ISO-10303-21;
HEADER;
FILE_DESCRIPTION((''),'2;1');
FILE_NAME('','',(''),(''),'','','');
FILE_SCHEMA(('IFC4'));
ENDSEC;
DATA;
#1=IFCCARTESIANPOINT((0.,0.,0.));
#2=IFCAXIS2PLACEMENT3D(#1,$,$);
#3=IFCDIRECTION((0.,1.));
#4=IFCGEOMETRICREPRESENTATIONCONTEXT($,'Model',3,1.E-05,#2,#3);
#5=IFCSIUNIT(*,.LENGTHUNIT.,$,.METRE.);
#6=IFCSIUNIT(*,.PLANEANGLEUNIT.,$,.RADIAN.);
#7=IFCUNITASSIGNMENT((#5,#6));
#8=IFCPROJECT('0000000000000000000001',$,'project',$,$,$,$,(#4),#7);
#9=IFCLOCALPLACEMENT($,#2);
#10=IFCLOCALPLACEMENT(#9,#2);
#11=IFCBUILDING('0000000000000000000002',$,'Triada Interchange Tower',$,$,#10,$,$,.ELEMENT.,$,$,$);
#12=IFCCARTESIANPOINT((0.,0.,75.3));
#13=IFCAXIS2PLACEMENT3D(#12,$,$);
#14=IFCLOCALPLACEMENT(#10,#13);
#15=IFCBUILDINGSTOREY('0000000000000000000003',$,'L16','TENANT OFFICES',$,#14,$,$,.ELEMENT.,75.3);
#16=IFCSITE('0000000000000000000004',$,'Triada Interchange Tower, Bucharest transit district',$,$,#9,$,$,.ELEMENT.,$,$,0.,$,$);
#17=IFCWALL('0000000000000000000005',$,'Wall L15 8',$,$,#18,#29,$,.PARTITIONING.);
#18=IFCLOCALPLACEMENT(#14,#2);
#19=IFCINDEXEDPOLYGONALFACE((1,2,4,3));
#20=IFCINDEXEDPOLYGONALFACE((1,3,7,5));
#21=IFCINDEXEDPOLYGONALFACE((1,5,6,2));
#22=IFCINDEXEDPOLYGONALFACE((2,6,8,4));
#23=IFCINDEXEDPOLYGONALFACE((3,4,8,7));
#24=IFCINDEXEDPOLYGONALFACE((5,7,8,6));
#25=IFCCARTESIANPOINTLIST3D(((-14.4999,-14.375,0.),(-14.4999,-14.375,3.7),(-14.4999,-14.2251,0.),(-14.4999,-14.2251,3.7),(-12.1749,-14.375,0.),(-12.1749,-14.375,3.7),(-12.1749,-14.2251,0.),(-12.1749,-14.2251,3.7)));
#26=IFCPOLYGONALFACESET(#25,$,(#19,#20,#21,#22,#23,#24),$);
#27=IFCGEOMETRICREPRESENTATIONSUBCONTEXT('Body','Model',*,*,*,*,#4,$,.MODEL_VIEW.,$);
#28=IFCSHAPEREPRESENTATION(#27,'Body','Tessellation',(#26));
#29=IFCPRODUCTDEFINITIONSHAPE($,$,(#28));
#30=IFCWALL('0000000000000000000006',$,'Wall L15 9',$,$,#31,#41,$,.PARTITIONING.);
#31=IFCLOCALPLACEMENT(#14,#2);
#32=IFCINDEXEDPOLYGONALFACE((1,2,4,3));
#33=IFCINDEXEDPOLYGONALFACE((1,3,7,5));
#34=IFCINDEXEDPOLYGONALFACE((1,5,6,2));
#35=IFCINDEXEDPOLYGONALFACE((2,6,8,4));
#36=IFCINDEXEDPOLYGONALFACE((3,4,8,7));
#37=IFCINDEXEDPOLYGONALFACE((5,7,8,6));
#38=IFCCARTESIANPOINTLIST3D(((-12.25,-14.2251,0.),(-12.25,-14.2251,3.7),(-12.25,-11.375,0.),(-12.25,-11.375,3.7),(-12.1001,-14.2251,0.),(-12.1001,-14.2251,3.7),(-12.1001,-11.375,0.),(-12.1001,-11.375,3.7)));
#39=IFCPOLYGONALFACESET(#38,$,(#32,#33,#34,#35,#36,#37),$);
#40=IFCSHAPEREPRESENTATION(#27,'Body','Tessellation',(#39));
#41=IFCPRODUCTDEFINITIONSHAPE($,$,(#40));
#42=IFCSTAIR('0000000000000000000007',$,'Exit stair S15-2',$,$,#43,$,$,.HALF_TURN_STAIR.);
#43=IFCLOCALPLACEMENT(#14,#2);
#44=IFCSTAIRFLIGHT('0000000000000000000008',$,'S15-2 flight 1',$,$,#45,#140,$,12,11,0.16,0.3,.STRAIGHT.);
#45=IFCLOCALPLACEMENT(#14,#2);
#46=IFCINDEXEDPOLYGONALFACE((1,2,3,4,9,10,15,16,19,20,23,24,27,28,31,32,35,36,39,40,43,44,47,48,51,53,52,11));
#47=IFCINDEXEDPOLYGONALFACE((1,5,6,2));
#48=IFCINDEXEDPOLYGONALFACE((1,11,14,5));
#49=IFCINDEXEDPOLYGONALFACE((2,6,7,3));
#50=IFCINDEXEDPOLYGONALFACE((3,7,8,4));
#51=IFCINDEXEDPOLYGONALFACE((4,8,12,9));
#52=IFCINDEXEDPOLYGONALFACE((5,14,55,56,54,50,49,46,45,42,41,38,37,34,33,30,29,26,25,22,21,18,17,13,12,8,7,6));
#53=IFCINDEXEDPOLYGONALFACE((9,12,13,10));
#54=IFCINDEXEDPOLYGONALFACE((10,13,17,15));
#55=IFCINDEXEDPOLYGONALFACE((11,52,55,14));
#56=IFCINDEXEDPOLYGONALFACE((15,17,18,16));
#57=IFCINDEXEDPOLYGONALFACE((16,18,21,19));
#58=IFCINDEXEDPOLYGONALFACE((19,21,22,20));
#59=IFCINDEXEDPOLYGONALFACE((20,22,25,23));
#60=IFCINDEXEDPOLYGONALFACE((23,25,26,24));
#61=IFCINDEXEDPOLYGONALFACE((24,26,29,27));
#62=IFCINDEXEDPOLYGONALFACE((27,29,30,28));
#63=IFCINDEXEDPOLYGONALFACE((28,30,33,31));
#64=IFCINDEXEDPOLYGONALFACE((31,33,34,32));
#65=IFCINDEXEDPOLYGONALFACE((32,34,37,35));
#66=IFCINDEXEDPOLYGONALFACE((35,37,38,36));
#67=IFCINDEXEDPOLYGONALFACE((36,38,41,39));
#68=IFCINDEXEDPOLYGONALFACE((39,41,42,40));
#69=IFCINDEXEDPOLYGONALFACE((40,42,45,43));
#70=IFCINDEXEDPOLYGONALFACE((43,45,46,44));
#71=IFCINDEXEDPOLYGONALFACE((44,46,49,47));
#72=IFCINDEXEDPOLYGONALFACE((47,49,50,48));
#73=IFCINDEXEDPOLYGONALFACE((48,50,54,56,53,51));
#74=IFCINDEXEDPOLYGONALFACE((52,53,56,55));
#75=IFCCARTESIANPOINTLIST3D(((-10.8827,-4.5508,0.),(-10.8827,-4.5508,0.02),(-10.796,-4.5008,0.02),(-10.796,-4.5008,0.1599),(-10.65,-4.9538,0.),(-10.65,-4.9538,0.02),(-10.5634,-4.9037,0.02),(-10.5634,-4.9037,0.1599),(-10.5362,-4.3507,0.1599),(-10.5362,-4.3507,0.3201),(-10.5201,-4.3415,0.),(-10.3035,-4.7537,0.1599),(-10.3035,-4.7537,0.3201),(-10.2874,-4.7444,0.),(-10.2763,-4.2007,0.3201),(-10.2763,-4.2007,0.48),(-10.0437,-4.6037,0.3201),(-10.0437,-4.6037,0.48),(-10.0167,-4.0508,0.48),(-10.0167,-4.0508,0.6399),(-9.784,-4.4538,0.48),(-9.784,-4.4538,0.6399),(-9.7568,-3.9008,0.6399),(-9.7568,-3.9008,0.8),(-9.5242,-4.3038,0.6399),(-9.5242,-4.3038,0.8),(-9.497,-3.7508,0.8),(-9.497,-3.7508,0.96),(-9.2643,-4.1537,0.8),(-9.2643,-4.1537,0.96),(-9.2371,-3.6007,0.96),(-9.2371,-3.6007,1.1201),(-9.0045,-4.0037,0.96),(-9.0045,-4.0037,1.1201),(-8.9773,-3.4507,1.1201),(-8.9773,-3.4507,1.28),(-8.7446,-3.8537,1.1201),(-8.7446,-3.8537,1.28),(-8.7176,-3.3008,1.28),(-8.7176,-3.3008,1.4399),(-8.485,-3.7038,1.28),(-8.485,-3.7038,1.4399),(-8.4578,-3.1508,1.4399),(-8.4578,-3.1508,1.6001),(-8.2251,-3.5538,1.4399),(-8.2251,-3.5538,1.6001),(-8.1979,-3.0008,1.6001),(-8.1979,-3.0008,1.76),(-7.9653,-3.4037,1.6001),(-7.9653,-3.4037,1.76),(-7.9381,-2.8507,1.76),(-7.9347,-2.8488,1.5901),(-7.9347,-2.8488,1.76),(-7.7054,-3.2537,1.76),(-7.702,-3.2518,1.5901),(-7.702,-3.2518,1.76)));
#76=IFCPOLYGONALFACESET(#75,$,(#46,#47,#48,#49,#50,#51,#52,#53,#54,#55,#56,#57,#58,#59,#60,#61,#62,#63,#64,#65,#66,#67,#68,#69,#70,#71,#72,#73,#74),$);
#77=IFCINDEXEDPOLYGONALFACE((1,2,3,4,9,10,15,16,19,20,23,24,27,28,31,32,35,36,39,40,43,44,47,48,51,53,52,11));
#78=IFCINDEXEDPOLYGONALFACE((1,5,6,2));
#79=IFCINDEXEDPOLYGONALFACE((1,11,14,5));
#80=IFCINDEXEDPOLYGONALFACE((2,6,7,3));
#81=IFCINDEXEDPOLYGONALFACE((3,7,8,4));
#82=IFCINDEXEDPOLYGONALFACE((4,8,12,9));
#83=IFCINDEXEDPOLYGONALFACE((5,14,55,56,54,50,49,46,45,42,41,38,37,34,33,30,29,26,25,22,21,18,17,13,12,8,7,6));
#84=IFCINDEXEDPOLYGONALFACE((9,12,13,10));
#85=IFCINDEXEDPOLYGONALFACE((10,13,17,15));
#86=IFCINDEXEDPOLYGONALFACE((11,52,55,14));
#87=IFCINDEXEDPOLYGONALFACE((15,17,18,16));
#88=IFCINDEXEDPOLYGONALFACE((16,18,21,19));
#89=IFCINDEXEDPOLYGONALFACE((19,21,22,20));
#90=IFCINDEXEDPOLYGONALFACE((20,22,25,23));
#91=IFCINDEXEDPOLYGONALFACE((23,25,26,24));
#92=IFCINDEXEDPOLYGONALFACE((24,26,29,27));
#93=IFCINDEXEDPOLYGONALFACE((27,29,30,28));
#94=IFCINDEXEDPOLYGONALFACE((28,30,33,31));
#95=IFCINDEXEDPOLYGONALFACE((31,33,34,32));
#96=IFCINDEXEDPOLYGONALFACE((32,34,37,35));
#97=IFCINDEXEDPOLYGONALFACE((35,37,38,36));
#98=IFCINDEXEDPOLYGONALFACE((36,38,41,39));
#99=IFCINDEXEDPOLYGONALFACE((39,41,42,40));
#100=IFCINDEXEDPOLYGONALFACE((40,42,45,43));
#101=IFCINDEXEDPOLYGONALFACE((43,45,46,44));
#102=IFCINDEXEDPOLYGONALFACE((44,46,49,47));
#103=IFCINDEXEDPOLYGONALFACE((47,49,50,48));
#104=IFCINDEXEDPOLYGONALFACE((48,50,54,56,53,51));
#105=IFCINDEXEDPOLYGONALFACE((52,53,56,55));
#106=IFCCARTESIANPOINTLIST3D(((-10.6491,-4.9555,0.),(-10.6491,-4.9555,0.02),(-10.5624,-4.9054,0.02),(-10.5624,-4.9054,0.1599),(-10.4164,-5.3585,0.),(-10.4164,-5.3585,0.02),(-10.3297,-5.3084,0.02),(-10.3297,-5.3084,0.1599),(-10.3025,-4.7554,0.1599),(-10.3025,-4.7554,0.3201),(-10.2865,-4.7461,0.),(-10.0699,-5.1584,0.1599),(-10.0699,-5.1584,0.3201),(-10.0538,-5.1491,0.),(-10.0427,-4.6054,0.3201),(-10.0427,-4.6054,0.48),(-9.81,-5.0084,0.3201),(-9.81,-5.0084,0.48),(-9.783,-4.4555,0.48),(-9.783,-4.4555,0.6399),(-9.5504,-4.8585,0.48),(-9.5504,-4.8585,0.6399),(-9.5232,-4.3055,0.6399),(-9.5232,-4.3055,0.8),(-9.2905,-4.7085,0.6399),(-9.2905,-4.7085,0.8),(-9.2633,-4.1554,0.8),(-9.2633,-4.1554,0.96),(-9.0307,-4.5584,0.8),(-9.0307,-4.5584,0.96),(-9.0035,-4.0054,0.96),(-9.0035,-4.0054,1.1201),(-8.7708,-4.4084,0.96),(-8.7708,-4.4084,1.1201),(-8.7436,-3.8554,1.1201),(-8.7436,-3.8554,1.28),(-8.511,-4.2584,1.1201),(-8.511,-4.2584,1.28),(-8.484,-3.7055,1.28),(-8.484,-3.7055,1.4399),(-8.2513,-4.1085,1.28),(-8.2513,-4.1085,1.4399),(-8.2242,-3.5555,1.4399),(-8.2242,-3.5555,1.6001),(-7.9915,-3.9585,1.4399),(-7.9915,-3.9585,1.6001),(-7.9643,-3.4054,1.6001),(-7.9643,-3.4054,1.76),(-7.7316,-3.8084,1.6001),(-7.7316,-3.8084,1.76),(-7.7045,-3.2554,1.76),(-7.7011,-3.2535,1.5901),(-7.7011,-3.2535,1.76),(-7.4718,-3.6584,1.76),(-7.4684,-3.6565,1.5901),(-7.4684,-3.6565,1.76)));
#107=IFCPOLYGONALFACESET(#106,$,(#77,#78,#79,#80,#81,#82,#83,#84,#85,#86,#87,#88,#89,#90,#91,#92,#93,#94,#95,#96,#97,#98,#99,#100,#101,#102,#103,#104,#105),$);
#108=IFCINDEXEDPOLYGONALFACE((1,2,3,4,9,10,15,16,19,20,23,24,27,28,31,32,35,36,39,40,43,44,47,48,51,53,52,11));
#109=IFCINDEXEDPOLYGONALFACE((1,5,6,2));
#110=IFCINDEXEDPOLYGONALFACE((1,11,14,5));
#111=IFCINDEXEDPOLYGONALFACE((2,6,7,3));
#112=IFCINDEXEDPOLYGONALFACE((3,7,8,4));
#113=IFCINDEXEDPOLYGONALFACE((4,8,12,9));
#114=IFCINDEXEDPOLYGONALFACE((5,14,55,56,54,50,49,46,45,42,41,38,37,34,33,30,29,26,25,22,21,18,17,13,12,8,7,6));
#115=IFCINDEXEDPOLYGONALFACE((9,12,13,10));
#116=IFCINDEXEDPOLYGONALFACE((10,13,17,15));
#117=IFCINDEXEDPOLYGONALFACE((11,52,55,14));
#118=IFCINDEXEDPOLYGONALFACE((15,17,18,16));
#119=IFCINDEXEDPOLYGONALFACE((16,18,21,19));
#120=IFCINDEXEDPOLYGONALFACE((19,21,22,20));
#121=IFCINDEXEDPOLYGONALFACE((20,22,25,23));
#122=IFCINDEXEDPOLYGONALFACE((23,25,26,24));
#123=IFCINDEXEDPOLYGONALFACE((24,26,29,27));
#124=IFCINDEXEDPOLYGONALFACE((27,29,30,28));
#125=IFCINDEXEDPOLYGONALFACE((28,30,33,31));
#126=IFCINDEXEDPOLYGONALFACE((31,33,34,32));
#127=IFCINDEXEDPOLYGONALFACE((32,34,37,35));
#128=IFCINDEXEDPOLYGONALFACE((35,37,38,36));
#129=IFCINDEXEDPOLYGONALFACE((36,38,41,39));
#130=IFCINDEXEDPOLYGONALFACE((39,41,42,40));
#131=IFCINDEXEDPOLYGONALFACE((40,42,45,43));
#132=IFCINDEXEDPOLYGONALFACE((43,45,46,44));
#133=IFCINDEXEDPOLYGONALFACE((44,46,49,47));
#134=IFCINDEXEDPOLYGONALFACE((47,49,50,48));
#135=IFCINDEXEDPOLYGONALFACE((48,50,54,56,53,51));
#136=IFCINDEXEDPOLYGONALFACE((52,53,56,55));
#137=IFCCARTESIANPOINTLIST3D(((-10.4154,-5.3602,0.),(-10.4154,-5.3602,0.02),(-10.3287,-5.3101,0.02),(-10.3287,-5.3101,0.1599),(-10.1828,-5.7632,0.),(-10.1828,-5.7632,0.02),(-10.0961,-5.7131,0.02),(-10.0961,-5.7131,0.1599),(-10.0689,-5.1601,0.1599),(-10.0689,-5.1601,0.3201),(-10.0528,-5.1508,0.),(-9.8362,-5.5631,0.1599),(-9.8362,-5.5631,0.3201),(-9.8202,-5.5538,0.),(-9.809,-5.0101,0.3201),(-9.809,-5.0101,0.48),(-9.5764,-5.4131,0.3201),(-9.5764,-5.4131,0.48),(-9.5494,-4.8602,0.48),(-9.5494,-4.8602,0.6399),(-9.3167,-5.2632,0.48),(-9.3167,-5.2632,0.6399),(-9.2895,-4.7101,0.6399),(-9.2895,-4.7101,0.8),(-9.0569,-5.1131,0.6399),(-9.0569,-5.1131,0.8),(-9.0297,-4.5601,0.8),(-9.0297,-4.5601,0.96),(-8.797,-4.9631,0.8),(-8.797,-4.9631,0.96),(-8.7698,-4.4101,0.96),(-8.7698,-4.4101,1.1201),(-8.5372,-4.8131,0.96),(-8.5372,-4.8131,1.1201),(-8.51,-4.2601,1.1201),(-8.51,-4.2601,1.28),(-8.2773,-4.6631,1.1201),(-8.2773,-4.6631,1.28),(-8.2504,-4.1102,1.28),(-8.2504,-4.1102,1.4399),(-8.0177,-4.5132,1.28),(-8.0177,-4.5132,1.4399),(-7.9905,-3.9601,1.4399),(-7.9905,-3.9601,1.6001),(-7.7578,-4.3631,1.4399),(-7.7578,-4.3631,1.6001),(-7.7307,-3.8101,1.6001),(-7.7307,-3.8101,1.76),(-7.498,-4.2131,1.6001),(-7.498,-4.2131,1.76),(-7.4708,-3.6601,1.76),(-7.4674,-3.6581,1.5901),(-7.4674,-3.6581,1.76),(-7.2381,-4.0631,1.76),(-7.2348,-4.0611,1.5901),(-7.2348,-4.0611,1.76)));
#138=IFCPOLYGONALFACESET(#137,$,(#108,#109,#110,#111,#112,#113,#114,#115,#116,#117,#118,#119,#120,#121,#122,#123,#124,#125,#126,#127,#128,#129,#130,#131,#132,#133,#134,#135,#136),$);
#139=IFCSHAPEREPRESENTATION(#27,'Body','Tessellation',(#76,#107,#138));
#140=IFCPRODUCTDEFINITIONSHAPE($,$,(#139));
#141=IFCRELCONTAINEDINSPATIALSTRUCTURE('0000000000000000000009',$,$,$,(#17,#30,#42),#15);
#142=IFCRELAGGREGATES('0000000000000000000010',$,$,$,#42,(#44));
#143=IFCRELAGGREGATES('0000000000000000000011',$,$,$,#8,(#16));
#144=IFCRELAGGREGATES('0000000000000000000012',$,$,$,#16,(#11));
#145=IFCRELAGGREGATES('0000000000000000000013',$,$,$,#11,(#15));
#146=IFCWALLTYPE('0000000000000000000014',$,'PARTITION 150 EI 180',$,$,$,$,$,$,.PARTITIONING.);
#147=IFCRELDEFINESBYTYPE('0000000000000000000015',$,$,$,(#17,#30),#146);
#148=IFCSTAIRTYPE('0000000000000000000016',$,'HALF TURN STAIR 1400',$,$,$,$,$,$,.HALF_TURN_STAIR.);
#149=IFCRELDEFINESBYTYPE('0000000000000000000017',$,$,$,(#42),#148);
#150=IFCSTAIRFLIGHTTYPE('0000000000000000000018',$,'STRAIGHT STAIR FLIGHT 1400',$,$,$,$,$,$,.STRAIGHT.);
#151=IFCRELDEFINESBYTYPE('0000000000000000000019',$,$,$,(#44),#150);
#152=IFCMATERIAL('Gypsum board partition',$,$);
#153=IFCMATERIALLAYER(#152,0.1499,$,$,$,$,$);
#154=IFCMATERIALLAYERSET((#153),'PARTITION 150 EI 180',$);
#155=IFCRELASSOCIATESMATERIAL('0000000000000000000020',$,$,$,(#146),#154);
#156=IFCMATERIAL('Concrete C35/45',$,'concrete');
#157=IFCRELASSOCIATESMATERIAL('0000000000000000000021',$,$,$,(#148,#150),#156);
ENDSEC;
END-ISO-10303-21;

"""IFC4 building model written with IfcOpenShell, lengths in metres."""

from ifc_helpers import new_model, si_unit, direction, frame, frame_2d, origin, place, context, subcontext, project, spatial, polyline, rectangle, outline, extrude, material, layer, layer_set, type_object, element, aggregate, save


model = new_model("IFC4")

# Units and contexts
model_context = context("Model", 3, precision=1e-05, world=origin(), true_north=direction((0.0, 1.0)))
body_context = subcontext(model_context, "Body", "Model", "MODEL_VIEW")
ifc_project = project(units=[si_unit("LENGTHUNIT", "METRE"), si_unit("PLANEANGLEUNIT", "RADIAN")], contexts=[model_context])

# Site, building, storey
site_placement = place(None, origin())
site = spatial("IfcSite", under=ifc_project, at=site_placement, Name="Triada Interchange Tower, Bucharest transit district", CompositionType="ELEMENT", RefElevation=0.0)
building_placement = place(site_placement, origin())
building = spatial("IfcBuilding", under=site, at=building_placement, Name="Triada Interchange Tower", CompositionType="ELEMENT")
storey_placement = place(building_placement, frame((0.0, 0.0, 75.3)))
storey = spatial("IfcBuildingStorey", under=building, at=storey_placement, Name="L16", Description="TENANT OFFICES", CompositionType="ELEMENT", Elevation=75.3)

# Walls
ifc_material_1 = material(Name="Gypsum board partition")
ifc_layer_1 = layer(ifc_material_1, 0.1499)
ifc_layer_set_1 = layer_set([ifc_layer_1], Name="PARTITION 150 EI 180")
wall_type_1 = type_object("IfcWallType", Name="PARTITION 150 EI 180", PredefinedType="PARTITIONING", material=ifc_layer_set_1)
wall_1_placement = place(storey_placement, frame((-14.5, -14.3, 0.0), z_axis=(0.0, 0.0, 1.0), x_axis=(1.0, 0.0, 0.0)))
element("IfcWall", 1, at=wall_1_placement, inside=storey, type_object=wall_type_1, Name="Wall L15 8", PredefinedType="PARTITIONING", context=body_context, shape_type="SweptSolid", body=[
    extrude(rectangle(XDim=2.325, YDim=0.1499, at=frame_2d((1.1626, 0.0))), origin(), (0.0, 0.0, 1.0), 3.7),
])
wall_2_placement = place(storey_placement, frame((-12.175, -14.2251, 0.0), z_axis=(0.0, 0.0, 1.0), x_axis=(0.0, 1.0, 0.0)))
element("IfcWall", 2, at=wall_2_placement, inside=storey, type_object=wall_type_1, Name="Wall L15 9", PredefinedType="PARTITIONING", context=body_context, shape_type="SweptSolid", body=[
    extrude(rectangle(XDim=2.8501, YDim=0.1499, at=frame_2d((1.425, 0.0))), origin(), (0.0, 0.0, 1.0), 3.7),
])

# Stair, stair flight
ifc_material_2 = material(Name="Concrete C35/45", Category="concrete")
stair_type = type_object("IfcStairType", Name="HALF TURN STAIR 1400", PredefinedType="HALF_TURN_STAIR", material=ifc_material_2)
stair_placement = place(storey_placement, origin())
stair = element("IfcStair", 3, at=stair_placement, inside=storey, type_object=stair_type, Name="Exit stair S15-2", PredefinedType="HALF_TURN_STAIR")
stair_flight_type = type_object("IfcStairFlightType", Name="STRAIGHT STAIR FLIGHT 1400", PredefinedType="STRAIGHT", material=ifc_material_2)
stair_flight_1_placement = place(storey_placement, frame((-10.446, -5.1069, 0.0), z_axis=(0.0, 0.0, 1.0), x_axis=(0.866025, 0.5, 0.0)))
stair_flight_1 = element("IfcStairFlight", 4, at=stair_flight_1_placement, type_object=stair_flight_type, Name="S15-2 flight 1", NumberOfRisers=12, NumberOfTreads=11, PredefinedType="STRAIGHT", RiserHeight=0.16, TreadLength=0.3, context=body_context, shape_type="SweptSolid", body=[
    extrude(outline(polyline([(-0.1001, 0.0), (-0.1001, 0.02), (0.0, 0.02), (0.0, 0.1599), (0.3, 0.1599), (0.3, 0.3201), (0.6001, 0.3201), (0.6001, 0.48), (0.8999, 0.48), (0.8999, 0.6399), (1.2, 0.6399), (1.2, 0.8), (1.5, 0.8), (1.5, 0.96), (1.8, 0.96), (1.8, 1.1201), (2.1001, 1.1201), (2.1001, 1.28), (2.3999, 1.28), (2.3999, 1.4399), (2.7, 1.4399), (2.7, 1.6001), (3.0, 1.6001), (3.0, 1.76), (3.3, 1.76), (3.304, 1.76), (3.304, 1.9199), (3.304, 1.5901), (0.3186, 0.0), (-0.1001, 0.0)])), frame((0.0, 0.7, 0.0), z_axis=(0.0, -1.0, 0.0), x_axis=(1.0, 0.0, 0.0)), (0.0, 0.0, 1.0), 0.4653),
    extrude(outline(polyline([(-0.1001, 0.0), (-0.1001, 0.02), (0.0, 0.02), (0.0, 0.1599), (0.3, 0.1599), (0.3, 0.3201), (0.6001, 0.3201), (0.6001, 0.48), (0.8999, 0.48), (0.8999, 0.6399), (1.2, 0.6399), (1.2, 0.8), (1.5, 0.8), (1.5, 0.96), (1.8, 0.96), (1.8, 1.1201), (2.1001, 1.1201), (2.1001, 1.28), (2.3999, 1.28), (2.3999, 1.4399), (2.7, 1.4399), (2.7, 1.6001), (3.0, 1.6001), (3.0, 1.76), (3.3, 1.76), (3.304, 1.76), (3.304, 1.9199), (3.304, 1.5901), (0.3186, 0.0), (-0.1001, 0.0)])), frame((0.0, 0.2327, 0.0), z_axis=(0.0, -1.0, 0.0), x_axis=(1.0, 0.0, 0.0)), (0.0, 0.0, 1.0), 0.4653),
    extrude(outline(polyline([(-0.1001, 0.0), (-0.1001, 0.02), (0.0, 0.02), (0.0, 0.1599), (0.3, 0.1599), (0.3, 0.3201), (0.6001, 0.3201), (0.6001, 0.48), (0.8999, 0.48), (0.8999, 0.6399), (1.2, 0.6399), (1.2, 0.8), (1.5, 0.8), (1.5, 0.96), (1.8, 0.96), (1.8, 1.1201), (2.1001, 1.1201), (2.1001, 1.28), (2.3999, 1.28), (2.3999, 1.4399), (2.7, 1.4399), (2.7, 1.6001), (3.0, 1.6001), (3.0, 1.76), (3.3, 1.76), (3.304, 1.76), (3.304, 1.9199), (3.304, 1.5901), (0.3186, 0.0), (-0.1001, 0.0)])), frame((0.0, -0.2346, 0.0), z_axis=(0.0, -1.0, 0.0), x_axis=(1.0, 0.0, 0.0)), (0.0, 0.0, 1.0), 0.4653),
])
aggregate(stair, [stair_flight_1])

save(model, "model.ifc")
